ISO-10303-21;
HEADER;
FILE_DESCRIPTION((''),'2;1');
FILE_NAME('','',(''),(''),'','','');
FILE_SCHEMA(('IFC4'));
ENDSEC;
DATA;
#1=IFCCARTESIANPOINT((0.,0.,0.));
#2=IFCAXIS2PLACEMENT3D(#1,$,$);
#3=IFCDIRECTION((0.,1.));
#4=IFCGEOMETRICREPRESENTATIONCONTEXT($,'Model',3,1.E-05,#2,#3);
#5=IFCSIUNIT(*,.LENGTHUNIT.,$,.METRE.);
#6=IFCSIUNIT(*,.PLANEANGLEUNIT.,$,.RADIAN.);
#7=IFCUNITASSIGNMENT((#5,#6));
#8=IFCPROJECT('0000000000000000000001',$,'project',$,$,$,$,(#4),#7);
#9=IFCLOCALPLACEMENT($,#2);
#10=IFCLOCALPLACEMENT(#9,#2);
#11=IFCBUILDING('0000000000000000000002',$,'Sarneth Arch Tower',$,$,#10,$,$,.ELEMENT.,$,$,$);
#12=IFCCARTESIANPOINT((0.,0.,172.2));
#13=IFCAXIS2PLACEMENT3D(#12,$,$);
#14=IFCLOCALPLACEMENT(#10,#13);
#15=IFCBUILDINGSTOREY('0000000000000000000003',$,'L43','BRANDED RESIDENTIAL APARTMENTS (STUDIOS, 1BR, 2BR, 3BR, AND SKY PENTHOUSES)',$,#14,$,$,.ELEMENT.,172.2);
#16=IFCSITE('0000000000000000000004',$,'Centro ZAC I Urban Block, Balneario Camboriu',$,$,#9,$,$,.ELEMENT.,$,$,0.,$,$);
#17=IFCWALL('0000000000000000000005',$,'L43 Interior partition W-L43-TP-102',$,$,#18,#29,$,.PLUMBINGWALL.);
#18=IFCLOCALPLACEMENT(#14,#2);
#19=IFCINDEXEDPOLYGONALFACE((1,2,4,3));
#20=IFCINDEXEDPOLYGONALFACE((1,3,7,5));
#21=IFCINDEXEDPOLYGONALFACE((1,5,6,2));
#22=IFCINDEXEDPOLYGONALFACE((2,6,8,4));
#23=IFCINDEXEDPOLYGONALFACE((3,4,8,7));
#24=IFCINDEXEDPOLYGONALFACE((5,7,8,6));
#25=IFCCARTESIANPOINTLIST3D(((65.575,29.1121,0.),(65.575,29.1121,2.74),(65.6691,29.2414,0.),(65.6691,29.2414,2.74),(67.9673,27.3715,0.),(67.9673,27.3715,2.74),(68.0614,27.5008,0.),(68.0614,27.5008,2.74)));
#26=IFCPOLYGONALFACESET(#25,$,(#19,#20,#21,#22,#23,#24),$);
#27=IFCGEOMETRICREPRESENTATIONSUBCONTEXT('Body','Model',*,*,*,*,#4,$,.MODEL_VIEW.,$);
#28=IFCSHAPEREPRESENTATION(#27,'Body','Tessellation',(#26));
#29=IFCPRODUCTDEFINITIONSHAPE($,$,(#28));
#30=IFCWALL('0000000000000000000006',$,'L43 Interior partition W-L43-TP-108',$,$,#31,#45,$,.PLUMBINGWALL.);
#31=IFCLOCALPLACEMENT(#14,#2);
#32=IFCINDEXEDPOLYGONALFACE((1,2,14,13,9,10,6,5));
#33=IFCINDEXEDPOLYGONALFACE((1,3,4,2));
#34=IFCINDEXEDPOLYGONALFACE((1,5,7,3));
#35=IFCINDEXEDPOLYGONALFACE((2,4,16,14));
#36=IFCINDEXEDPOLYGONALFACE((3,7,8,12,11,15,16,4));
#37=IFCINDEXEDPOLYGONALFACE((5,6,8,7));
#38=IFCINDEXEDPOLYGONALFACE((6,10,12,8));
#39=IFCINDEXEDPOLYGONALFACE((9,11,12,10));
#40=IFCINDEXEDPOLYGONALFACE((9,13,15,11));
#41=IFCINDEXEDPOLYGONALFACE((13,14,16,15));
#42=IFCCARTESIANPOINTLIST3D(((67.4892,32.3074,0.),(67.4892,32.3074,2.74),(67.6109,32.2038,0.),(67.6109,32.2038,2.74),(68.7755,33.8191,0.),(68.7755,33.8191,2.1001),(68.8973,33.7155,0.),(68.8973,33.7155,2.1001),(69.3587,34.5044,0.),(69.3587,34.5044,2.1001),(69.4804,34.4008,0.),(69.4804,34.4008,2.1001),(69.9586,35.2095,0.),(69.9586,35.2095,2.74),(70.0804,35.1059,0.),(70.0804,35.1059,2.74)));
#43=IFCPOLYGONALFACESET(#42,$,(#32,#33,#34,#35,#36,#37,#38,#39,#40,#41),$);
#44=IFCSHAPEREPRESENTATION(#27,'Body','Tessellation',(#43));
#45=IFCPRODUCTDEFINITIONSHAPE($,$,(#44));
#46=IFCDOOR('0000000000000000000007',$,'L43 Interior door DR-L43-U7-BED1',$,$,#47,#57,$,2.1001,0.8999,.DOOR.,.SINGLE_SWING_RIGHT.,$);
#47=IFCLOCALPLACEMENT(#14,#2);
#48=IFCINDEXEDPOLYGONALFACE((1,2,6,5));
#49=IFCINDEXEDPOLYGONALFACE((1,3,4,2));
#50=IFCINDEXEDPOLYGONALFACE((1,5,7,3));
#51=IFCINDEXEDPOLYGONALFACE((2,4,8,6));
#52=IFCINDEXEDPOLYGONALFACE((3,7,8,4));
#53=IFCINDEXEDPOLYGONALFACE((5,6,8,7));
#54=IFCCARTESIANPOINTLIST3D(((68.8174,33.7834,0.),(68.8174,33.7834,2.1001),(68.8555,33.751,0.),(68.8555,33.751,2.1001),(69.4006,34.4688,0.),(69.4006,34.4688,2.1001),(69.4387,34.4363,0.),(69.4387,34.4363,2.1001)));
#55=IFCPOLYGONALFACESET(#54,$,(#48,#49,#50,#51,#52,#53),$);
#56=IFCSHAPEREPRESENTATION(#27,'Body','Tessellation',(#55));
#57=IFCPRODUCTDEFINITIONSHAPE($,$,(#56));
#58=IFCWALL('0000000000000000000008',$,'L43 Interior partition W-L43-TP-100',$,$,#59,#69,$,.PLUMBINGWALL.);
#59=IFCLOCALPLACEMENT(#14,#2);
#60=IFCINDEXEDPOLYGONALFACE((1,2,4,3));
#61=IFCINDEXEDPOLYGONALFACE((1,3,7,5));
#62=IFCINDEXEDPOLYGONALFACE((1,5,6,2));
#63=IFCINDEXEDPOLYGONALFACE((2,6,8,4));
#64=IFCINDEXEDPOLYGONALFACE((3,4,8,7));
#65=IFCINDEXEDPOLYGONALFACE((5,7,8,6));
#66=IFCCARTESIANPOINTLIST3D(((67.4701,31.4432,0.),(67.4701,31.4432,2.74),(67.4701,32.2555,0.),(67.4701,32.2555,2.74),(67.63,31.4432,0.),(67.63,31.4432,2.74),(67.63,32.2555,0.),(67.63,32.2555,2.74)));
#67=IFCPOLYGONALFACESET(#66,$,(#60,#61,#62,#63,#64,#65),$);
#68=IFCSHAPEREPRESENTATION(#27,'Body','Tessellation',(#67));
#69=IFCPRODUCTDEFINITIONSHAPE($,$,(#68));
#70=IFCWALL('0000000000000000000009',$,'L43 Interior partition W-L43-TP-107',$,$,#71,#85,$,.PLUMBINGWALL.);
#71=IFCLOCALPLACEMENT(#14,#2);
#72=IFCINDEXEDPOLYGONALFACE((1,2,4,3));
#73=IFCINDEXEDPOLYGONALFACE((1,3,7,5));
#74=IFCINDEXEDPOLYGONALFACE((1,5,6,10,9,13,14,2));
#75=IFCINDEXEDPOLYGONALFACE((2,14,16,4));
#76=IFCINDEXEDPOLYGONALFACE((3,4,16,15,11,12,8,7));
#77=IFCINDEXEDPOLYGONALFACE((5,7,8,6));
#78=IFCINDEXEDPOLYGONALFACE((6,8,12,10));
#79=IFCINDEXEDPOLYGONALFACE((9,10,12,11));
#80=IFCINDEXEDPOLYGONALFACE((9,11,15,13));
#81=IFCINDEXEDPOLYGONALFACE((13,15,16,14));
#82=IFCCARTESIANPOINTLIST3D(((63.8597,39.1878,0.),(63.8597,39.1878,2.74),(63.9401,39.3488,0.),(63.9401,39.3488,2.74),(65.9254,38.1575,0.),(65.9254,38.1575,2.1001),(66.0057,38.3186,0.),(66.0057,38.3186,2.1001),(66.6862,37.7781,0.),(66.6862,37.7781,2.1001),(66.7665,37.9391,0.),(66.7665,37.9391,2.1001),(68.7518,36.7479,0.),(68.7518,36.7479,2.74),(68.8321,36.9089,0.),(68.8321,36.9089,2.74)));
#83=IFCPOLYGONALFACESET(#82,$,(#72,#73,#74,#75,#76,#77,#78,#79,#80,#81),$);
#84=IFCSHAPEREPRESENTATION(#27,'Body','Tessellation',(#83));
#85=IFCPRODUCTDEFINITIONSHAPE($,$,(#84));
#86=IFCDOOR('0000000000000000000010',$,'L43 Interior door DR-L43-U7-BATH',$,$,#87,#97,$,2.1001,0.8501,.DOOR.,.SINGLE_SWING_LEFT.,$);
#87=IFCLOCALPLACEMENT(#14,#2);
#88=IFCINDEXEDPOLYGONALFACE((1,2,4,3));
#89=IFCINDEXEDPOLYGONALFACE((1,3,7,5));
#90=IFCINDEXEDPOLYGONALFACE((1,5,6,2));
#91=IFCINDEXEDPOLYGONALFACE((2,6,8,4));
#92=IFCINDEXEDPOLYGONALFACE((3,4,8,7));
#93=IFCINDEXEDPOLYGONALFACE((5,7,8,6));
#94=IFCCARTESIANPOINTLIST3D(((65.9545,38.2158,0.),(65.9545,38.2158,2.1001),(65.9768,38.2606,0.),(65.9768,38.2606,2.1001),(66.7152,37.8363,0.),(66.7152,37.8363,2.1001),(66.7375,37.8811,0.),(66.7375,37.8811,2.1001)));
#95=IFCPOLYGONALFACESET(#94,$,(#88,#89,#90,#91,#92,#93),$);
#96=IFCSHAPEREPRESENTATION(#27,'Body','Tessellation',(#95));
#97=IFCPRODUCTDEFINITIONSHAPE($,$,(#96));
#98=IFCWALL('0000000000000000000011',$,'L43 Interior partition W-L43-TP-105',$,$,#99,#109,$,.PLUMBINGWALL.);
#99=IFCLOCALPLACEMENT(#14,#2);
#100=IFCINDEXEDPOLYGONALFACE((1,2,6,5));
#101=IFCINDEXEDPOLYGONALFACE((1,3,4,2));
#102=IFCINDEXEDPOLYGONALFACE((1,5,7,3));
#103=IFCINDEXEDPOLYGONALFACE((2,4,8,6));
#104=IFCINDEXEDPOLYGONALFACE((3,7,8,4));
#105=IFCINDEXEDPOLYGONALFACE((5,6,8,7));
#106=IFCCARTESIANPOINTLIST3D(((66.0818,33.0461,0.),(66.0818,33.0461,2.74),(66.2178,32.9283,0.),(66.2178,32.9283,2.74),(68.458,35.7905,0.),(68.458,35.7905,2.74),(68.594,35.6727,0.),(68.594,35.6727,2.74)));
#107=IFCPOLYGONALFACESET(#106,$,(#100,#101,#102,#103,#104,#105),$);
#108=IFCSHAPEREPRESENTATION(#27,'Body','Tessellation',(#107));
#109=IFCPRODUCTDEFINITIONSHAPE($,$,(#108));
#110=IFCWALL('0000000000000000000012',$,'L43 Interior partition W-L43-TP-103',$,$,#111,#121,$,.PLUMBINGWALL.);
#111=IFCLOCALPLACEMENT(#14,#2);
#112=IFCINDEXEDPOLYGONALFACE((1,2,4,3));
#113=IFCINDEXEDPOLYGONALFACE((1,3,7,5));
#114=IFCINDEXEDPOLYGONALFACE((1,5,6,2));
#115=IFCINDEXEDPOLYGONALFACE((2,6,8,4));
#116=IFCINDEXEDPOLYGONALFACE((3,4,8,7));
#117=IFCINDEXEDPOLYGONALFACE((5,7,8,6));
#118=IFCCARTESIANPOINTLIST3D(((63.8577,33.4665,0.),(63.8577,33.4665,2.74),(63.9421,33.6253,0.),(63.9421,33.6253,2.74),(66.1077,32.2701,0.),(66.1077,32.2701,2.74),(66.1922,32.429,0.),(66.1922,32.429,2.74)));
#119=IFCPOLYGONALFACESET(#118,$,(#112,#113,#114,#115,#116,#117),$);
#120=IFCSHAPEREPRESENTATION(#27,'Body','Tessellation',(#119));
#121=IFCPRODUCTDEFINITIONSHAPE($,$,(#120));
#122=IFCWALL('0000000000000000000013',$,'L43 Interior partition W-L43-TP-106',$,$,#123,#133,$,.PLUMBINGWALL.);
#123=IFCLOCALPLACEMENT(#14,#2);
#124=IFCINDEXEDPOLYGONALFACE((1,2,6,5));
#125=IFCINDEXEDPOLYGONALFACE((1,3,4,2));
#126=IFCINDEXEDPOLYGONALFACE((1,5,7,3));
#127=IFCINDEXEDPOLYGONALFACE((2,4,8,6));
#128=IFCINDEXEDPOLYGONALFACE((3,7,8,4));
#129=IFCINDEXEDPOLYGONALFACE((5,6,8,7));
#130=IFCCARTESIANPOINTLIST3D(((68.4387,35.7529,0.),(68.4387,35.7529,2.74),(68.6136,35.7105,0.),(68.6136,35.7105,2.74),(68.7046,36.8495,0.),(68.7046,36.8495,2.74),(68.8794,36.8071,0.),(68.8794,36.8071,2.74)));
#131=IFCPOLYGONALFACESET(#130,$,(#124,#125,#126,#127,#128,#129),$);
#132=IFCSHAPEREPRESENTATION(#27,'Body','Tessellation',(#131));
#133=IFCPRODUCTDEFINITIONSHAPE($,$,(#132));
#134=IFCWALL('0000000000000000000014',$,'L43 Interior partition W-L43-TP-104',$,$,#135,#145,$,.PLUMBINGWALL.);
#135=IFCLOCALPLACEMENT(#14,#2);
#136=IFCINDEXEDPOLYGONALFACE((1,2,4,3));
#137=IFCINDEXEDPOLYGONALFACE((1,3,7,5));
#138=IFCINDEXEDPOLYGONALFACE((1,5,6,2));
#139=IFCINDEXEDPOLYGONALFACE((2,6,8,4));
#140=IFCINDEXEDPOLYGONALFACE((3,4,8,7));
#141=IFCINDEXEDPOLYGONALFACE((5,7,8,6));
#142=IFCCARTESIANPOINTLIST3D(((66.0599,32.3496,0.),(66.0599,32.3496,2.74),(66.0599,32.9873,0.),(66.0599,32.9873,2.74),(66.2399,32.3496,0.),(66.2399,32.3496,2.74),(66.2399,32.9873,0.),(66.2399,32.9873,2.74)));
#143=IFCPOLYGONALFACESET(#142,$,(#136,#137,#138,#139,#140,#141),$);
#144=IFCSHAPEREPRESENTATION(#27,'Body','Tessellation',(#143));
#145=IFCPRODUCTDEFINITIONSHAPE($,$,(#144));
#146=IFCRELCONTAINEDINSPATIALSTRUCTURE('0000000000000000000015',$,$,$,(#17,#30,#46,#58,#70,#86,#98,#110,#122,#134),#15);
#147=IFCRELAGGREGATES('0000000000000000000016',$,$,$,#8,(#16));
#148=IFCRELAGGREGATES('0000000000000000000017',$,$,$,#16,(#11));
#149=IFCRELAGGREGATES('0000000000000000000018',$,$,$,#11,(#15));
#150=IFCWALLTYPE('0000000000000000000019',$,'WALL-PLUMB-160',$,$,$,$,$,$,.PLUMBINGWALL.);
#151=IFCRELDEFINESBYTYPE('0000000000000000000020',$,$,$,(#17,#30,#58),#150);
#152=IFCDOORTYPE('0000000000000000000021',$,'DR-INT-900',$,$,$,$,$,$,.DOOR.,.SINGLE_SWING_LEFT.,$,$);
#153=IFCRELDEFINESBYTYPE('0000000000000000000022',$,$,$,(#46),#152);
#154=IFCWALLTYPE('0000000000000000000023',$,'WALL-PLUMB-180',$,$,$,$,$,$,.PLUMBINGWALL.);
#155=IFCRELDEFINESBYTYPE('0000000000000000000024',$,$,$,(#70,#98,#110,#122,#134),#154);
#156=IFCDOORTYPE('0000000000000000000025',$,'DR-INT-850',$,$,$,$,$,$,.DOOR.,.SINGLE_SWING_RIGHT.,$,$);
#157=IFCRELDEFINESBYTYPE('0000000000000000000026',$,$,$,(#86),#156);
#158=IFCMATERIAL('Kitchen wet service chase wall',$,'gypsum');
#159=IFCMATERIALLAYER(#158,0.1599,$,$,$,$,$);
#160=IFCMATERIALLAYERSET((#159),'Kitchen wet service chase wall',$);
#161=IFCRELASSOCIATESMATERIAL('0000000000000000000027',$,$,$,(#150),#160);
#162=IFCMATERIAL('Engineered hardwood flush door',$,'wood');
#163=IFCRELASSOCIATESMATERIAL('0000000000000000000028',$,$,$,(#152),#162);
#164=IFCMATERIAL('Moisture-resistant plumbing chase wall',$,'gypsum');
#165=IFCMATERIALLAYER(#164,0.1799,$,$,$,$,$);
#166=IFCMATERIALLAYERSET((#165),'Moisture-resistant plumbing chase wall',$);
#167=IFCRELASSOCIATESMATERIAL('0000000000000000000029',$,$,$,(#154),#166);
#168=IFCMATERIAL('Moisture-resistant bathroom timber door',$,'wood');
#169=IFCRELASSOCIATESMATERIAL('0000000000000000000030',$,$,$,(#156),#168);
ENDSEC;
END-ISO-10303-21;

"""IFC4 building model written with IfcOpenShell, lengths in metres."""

from ifc_helpers import new_model, si_unit, direction, frame, frame_2d, origin, place, context, subcontext, project, spatial, rectangle, extrude, material, layer, layer_set, type_object, element, fill, save


model = new_model("IFC4")

# Units and contexts
model_context = context("Model", 3, precision=1e-05, world=origin(), true_north=direction((0.0, 1.0)))
body_context = subcontext(model_context, "Body", "Model", "MODEL_VIEW")
ifc_project = project(units=[si_unit("LENGTHUNIT", "METRE"), si_unit("PLANEANGLEUNIT", "RADIAN")], contexts=[model_context])

# Site, building, storey
site_placement = place(None, origin())
site = spatial("IfcSite", under=ifc_project, at=site_placement, Name="Centro ZAC I Urban Block, Balneario Camboriu", CompositionType="ELEMENT", RefElevation=0.0)
building_placement = place(site_placement, origin())
building = spatial("IfcBuilding", under=site, at=building_placement, Name="Sarneth Arch Tower", CompositionType="ELEMENT")
storey_placement = place(building_placement, frame((0.0, 0.0, 172.2)))
storey = spatial("IfcBuildingStorey", under=building, at=storey_placement, Name="L43", Description="BRANDED RESIDENTIAL APARTMENTS (STUDIOS, 1BR, 2BR, 3BR, AND SKY PENTHOUSES)", CompositionType="ELEMENT", Elevation=172.2)

# Shared definitions
ifc_material_1 = material(Name="Kitchen wet service chase wall", Category="gypsum")
ifc_layer_1 = layer(ifc_material_1, 0.1599)
ifc_layer_set_1 = layer_set([ifc_layer_1], Name="Kitchen wet service chase wall")
wall_type_1 = type_object("IfcWallType", Name="WALL-PLUMB-160", PredefinedType="PLUMBINGWALL", material=ifc_layer_set_1)

# Shared definitions
ifc_material_2 = material(Name="Engineered hardwood flush door", Category="wood")
door_type_1 = type_object("IfcDoorType", Name="DR-INT-900", OperationType="SINGLE_SWING_LEFT", PredefinedType="DOOR", material=ifc_material_2)

# Wall
wall_1_placement = place(storey_placement, frame((65.6221, 29.1768, 0.0), z_axis=(0.0, 0.0, 1.0), x_axis=(0.8086, -0.588358, 0.0)))
element("IfcWall", 1, at=wall_1_placement, inside=storey, type_object=wall_type_1, Name="L43 Interior partition W-L43-TP-102", PredefinedType="PLUMBINGWALL", context=body_context, shape_type="SweptSolid", body=[
    extrude(rectangle(XDim=2.9585, YDim=0.1599, at=frame_2d((1.4792, 0.0))), origin(), (0.0, 0.0, 1.0), 2.74),
])

# Wall, opening, door
wall_2_placement = place(storey_placement, frame((67.55, 32.2556, 0.0), z_axis=(0.0, 0.0, 1.0), x_axis=(0.648059, 0.76159, 0.0)))
wall_2 = element("IfcWall", 2, at=wall_2_placement, inside=storey, type_object=wall_type_1, Name="L43 Interior partition W-L43-TP-108", PredefinedType="PLUMBINGWALL", context=body_context, shape_type="SweptSolid", body=[
    extrude(rectangle(XDim=3.8105, YDim=0.1599, at=frame_2d((1.9053, 0.0))), origin(), (0.0, 0.0, 1.0), 2.74),
])
opening_1_placement = place(wall_2_placement, frame((1.9849, 0.0, 0.0)))
opening_1 = element("IfcOpeningElement", 3, at=opening_1_placement, cuts=wall_2, PredefinedType="OPENING", context=body_context, shape_type="SweptSolid", body=[
    extrude(rectangle(XDim=0.8999, YDim=2.1001, at=frame_2d((0.45, 1.05))), frame((0.0, 0.0898, 0.0), z_axis=(0.0, -1.0, 0.0), x_axis=(1.0, 0.0, 0.0)), (0.0, 0.0, 1.0), 0.1799),
])
door_1_placement = place(opening_1_placement, origin())
door_1 = element("IfcDoor", 4, at=door_1_placement, inside=storey, type_object=door_type_1, Name="L43 Interior door DR-L43-U7-BED1", OperationType="SINGLE_SWING_RIGHT", OverallHeight=2.1001, OverallWidth=0.8999, PredefinedType="DOOR", context=body_context, shape_type="SweptSolid", body=[
    extrude(rectangle(XDim=0.8999, YDim=2.1001, at=frame_2d((0.45, 1.05))), frame((0.0, 0.0249, 0.0), z_axis=(0.0, -1.0, 0.0), x_axis=(1.0, 0.0, 0.0)), (0.0, 0.0, 1.0), 0.05),
])
fill(opening_1, door_1)

# Wall
wall_3_placement = place(storey_placement, frame((67.55, 32.2556, 0.0), z_axis=(0.0, 0.0, 1.0), x_axis=(0.0, -1.0, 0.0)))
element("IfcWall", 5, at=wall_3_placement, inside=storey, type_object=wall_type_1, Name="L43 Interior partition W-L43-TP-100", PredefinedType="PLUMBINGWALL", context=body_context, shape_type="SweptSolid", body=[
    extrude(rectangle(XDim=0.8123, YDim=0.1599, at=frame_2d((0.4062, 0.0))), origin(), (0.0, 0.0, 1.0), 2.74),
])

# Wall, opening, door
ifc_material_3 = material(Name="Moisture-resistant plumbing chase wall", Category="gypsum")
ifc_layer_2 = layer(ifc_material_3, 0.1799)
ifc_layer_set_2 = layer_set([ifc_layer_2], Name="Moisture-resistant plumbing chase wall")
wall_type_2 = type_object("IfcWallType", Name="WALL-PLUMB-180", PredefinedType="PLUMBINGWALL", material=ifc_layer_set_2)
wall_4_placement = place(storey_placement, frame((68.792, 36.8284, 0.0), z_axis=(0.0, 0.0, 1.0), x_axis=(-0.894873, 0.44632, 0.0)))
wall_4 = element("IfcWall", 6, at=wall_4_placement, inside=storey, type_object=wall_type_2, Name="L43 Interior partition W-L43-TP-107", PredefinedType="PLUMBINGWALL", context=body_context, shape_type="SweptSolid", body=[
    extrude(rectangle(XDim=5.4668, YDim=0.1799, at=frame_2d((2.7334, 0.0))), origin(), (0.0, 0.0, 1.0), 2.74),
])
opening_2_placement = place(wall_4_placement, frame((2.3083, 0.0, 0.0)))
opening_2 = element("IfcOpeningElement", 7, at=opening_2_placement, cuts=wall_4, PredefinedType="OPENING", context=body_context, shape_type="SweptSolid", body=[
    extrude(rectangle(XDim=0.8501, YDim=2.1001, at=frame_2d((0.425, 1.05))), frame((0.0, 0.0999, 0.0), z_axis=(0.0, -1.0, 0.0), x_axis=(1.0, 0.0, 0.0)), (0.0, 0.0, 1.0), 0.2),
])
ifc_material_4 = material(Name="Moisture-resistant bathroom timber door", Category="wood")
door_type_2 = type_object("IfcDoorType", Name="DR-INT-850", OperationType="SINGLE_SWING_RIGHT", PredefinedType="DOOR", material=ifc_material_4)
door_2_placement = place(opening_2_placement, origin())
door_2 = element("IfcDoor", 8, at=door_2_placement, inside=storey, type_object=door_type_2, Name="L43 Interior door DR-L43-U7-BATH", OperationType="SINGLE_SWING_LEFT", OverallHeight=2.1001, OverallWidth=0.8501, PredefinedType="DOOR", context=body_context, shape_type="SweptSolid", body=[
    extrude(rectangle(XDim=0.8501, YDim=2.1001, at=frame_2d((0.425, 1.05))), frame((0.0, 0.0249, 0.0), z_axis=(0.0, -1.0, 0.0), x_axis=(1.0, 0.0, 0.0)), (0.0, 0.0, 1.0), 0.05),
])
fill(opening_2, door_2)

# Walls
wall_5_placement = place(storey_placement, frame((66.1499, 32.9873, 0.0), z_axis=(0.0, 0.0, 1.0), x_axis=(0.654577, 0.755995, 0.0)))
element("IfcWall", 9, at=wall_5_placement, inside=storey, type_object=wall_type_2, Name="L43 Interior partition W-L43-TP-105", PredefinedType="PLUMBINGWALL", context=body_context, shape_type="SweptSolid", body=[
    extrude(rectangle(XDim=3.6301, YDim=0.1799, at=frame_2d((1.8149, 0.0))), origin(), (0.0, 0.0, 1.0), 2.74),
])
wall_6_placement = place(storey_placement, frame((63.8999, 33.5459, 0.0), z_axis=(0.0, 0.0, 1.0), x_axis=(0.882957, -0.469454, 0.0)))
element("IfcWall", 10, at=wall_6_placement, inside=storey, type_object=wall_type_2, Name="L43 Interior partition W-L43-TP-103", PredefinedType="PLUMBINGWALL", context=body_context, shape_type="SweptSolid", body=[
    extrude(rectangle(XDim=2.5483, YDim=0.1799, at=frame_2d((1.2742, 0.0))), origin(), (0.0, 0.0, 1.0), 2.74),
])
wall_7_placement = place(storey_placement, frame((68.5261, 35.7317, 0.0), z_axis=(0.0, 0.0, 1.0), x_axis=(0.235606, 0.971849, 0.0)))
element("IfcWall", 11, at=wall_7_placement, inside=storey, type_object=wall_type_2, Name="L43 Interior partition W-L43-TP-106", PredefinedType="PLUMBINGWALL", context=body_context, shape_type="SweptSolid", body=[
    extrude(rectangle(XDim=1.1284, YDim=0.1799, at=frame_2d((0.5642, 0.0))), origin(), (0.0, 0.0, 1.0), 2.74),
])
wall_8_placement = place(storey_placement, frame((66.1499, 32.3496, 0.0), z_axis=(0.0, 0.0, 1.0), x_axis=(0.0, 1.0, 0.0)))
element("IfcWall", 12, at=wall_8_placement, inside=storey, type_object=wall_type_2, Name="L43 Interior partition W-L43-TP-104", PredefinedType="PLUMBINGWALL", context=body_context, shape_type="SweptSolid", body=[
    extrude(rectangle(XDim=0.6377, YDim=0.1799, at=frame_2d((0.3188, 0.0))), origin(), (0.0, 0.0, 1.0), 2.74),
])

save(model, "model.ifc")
